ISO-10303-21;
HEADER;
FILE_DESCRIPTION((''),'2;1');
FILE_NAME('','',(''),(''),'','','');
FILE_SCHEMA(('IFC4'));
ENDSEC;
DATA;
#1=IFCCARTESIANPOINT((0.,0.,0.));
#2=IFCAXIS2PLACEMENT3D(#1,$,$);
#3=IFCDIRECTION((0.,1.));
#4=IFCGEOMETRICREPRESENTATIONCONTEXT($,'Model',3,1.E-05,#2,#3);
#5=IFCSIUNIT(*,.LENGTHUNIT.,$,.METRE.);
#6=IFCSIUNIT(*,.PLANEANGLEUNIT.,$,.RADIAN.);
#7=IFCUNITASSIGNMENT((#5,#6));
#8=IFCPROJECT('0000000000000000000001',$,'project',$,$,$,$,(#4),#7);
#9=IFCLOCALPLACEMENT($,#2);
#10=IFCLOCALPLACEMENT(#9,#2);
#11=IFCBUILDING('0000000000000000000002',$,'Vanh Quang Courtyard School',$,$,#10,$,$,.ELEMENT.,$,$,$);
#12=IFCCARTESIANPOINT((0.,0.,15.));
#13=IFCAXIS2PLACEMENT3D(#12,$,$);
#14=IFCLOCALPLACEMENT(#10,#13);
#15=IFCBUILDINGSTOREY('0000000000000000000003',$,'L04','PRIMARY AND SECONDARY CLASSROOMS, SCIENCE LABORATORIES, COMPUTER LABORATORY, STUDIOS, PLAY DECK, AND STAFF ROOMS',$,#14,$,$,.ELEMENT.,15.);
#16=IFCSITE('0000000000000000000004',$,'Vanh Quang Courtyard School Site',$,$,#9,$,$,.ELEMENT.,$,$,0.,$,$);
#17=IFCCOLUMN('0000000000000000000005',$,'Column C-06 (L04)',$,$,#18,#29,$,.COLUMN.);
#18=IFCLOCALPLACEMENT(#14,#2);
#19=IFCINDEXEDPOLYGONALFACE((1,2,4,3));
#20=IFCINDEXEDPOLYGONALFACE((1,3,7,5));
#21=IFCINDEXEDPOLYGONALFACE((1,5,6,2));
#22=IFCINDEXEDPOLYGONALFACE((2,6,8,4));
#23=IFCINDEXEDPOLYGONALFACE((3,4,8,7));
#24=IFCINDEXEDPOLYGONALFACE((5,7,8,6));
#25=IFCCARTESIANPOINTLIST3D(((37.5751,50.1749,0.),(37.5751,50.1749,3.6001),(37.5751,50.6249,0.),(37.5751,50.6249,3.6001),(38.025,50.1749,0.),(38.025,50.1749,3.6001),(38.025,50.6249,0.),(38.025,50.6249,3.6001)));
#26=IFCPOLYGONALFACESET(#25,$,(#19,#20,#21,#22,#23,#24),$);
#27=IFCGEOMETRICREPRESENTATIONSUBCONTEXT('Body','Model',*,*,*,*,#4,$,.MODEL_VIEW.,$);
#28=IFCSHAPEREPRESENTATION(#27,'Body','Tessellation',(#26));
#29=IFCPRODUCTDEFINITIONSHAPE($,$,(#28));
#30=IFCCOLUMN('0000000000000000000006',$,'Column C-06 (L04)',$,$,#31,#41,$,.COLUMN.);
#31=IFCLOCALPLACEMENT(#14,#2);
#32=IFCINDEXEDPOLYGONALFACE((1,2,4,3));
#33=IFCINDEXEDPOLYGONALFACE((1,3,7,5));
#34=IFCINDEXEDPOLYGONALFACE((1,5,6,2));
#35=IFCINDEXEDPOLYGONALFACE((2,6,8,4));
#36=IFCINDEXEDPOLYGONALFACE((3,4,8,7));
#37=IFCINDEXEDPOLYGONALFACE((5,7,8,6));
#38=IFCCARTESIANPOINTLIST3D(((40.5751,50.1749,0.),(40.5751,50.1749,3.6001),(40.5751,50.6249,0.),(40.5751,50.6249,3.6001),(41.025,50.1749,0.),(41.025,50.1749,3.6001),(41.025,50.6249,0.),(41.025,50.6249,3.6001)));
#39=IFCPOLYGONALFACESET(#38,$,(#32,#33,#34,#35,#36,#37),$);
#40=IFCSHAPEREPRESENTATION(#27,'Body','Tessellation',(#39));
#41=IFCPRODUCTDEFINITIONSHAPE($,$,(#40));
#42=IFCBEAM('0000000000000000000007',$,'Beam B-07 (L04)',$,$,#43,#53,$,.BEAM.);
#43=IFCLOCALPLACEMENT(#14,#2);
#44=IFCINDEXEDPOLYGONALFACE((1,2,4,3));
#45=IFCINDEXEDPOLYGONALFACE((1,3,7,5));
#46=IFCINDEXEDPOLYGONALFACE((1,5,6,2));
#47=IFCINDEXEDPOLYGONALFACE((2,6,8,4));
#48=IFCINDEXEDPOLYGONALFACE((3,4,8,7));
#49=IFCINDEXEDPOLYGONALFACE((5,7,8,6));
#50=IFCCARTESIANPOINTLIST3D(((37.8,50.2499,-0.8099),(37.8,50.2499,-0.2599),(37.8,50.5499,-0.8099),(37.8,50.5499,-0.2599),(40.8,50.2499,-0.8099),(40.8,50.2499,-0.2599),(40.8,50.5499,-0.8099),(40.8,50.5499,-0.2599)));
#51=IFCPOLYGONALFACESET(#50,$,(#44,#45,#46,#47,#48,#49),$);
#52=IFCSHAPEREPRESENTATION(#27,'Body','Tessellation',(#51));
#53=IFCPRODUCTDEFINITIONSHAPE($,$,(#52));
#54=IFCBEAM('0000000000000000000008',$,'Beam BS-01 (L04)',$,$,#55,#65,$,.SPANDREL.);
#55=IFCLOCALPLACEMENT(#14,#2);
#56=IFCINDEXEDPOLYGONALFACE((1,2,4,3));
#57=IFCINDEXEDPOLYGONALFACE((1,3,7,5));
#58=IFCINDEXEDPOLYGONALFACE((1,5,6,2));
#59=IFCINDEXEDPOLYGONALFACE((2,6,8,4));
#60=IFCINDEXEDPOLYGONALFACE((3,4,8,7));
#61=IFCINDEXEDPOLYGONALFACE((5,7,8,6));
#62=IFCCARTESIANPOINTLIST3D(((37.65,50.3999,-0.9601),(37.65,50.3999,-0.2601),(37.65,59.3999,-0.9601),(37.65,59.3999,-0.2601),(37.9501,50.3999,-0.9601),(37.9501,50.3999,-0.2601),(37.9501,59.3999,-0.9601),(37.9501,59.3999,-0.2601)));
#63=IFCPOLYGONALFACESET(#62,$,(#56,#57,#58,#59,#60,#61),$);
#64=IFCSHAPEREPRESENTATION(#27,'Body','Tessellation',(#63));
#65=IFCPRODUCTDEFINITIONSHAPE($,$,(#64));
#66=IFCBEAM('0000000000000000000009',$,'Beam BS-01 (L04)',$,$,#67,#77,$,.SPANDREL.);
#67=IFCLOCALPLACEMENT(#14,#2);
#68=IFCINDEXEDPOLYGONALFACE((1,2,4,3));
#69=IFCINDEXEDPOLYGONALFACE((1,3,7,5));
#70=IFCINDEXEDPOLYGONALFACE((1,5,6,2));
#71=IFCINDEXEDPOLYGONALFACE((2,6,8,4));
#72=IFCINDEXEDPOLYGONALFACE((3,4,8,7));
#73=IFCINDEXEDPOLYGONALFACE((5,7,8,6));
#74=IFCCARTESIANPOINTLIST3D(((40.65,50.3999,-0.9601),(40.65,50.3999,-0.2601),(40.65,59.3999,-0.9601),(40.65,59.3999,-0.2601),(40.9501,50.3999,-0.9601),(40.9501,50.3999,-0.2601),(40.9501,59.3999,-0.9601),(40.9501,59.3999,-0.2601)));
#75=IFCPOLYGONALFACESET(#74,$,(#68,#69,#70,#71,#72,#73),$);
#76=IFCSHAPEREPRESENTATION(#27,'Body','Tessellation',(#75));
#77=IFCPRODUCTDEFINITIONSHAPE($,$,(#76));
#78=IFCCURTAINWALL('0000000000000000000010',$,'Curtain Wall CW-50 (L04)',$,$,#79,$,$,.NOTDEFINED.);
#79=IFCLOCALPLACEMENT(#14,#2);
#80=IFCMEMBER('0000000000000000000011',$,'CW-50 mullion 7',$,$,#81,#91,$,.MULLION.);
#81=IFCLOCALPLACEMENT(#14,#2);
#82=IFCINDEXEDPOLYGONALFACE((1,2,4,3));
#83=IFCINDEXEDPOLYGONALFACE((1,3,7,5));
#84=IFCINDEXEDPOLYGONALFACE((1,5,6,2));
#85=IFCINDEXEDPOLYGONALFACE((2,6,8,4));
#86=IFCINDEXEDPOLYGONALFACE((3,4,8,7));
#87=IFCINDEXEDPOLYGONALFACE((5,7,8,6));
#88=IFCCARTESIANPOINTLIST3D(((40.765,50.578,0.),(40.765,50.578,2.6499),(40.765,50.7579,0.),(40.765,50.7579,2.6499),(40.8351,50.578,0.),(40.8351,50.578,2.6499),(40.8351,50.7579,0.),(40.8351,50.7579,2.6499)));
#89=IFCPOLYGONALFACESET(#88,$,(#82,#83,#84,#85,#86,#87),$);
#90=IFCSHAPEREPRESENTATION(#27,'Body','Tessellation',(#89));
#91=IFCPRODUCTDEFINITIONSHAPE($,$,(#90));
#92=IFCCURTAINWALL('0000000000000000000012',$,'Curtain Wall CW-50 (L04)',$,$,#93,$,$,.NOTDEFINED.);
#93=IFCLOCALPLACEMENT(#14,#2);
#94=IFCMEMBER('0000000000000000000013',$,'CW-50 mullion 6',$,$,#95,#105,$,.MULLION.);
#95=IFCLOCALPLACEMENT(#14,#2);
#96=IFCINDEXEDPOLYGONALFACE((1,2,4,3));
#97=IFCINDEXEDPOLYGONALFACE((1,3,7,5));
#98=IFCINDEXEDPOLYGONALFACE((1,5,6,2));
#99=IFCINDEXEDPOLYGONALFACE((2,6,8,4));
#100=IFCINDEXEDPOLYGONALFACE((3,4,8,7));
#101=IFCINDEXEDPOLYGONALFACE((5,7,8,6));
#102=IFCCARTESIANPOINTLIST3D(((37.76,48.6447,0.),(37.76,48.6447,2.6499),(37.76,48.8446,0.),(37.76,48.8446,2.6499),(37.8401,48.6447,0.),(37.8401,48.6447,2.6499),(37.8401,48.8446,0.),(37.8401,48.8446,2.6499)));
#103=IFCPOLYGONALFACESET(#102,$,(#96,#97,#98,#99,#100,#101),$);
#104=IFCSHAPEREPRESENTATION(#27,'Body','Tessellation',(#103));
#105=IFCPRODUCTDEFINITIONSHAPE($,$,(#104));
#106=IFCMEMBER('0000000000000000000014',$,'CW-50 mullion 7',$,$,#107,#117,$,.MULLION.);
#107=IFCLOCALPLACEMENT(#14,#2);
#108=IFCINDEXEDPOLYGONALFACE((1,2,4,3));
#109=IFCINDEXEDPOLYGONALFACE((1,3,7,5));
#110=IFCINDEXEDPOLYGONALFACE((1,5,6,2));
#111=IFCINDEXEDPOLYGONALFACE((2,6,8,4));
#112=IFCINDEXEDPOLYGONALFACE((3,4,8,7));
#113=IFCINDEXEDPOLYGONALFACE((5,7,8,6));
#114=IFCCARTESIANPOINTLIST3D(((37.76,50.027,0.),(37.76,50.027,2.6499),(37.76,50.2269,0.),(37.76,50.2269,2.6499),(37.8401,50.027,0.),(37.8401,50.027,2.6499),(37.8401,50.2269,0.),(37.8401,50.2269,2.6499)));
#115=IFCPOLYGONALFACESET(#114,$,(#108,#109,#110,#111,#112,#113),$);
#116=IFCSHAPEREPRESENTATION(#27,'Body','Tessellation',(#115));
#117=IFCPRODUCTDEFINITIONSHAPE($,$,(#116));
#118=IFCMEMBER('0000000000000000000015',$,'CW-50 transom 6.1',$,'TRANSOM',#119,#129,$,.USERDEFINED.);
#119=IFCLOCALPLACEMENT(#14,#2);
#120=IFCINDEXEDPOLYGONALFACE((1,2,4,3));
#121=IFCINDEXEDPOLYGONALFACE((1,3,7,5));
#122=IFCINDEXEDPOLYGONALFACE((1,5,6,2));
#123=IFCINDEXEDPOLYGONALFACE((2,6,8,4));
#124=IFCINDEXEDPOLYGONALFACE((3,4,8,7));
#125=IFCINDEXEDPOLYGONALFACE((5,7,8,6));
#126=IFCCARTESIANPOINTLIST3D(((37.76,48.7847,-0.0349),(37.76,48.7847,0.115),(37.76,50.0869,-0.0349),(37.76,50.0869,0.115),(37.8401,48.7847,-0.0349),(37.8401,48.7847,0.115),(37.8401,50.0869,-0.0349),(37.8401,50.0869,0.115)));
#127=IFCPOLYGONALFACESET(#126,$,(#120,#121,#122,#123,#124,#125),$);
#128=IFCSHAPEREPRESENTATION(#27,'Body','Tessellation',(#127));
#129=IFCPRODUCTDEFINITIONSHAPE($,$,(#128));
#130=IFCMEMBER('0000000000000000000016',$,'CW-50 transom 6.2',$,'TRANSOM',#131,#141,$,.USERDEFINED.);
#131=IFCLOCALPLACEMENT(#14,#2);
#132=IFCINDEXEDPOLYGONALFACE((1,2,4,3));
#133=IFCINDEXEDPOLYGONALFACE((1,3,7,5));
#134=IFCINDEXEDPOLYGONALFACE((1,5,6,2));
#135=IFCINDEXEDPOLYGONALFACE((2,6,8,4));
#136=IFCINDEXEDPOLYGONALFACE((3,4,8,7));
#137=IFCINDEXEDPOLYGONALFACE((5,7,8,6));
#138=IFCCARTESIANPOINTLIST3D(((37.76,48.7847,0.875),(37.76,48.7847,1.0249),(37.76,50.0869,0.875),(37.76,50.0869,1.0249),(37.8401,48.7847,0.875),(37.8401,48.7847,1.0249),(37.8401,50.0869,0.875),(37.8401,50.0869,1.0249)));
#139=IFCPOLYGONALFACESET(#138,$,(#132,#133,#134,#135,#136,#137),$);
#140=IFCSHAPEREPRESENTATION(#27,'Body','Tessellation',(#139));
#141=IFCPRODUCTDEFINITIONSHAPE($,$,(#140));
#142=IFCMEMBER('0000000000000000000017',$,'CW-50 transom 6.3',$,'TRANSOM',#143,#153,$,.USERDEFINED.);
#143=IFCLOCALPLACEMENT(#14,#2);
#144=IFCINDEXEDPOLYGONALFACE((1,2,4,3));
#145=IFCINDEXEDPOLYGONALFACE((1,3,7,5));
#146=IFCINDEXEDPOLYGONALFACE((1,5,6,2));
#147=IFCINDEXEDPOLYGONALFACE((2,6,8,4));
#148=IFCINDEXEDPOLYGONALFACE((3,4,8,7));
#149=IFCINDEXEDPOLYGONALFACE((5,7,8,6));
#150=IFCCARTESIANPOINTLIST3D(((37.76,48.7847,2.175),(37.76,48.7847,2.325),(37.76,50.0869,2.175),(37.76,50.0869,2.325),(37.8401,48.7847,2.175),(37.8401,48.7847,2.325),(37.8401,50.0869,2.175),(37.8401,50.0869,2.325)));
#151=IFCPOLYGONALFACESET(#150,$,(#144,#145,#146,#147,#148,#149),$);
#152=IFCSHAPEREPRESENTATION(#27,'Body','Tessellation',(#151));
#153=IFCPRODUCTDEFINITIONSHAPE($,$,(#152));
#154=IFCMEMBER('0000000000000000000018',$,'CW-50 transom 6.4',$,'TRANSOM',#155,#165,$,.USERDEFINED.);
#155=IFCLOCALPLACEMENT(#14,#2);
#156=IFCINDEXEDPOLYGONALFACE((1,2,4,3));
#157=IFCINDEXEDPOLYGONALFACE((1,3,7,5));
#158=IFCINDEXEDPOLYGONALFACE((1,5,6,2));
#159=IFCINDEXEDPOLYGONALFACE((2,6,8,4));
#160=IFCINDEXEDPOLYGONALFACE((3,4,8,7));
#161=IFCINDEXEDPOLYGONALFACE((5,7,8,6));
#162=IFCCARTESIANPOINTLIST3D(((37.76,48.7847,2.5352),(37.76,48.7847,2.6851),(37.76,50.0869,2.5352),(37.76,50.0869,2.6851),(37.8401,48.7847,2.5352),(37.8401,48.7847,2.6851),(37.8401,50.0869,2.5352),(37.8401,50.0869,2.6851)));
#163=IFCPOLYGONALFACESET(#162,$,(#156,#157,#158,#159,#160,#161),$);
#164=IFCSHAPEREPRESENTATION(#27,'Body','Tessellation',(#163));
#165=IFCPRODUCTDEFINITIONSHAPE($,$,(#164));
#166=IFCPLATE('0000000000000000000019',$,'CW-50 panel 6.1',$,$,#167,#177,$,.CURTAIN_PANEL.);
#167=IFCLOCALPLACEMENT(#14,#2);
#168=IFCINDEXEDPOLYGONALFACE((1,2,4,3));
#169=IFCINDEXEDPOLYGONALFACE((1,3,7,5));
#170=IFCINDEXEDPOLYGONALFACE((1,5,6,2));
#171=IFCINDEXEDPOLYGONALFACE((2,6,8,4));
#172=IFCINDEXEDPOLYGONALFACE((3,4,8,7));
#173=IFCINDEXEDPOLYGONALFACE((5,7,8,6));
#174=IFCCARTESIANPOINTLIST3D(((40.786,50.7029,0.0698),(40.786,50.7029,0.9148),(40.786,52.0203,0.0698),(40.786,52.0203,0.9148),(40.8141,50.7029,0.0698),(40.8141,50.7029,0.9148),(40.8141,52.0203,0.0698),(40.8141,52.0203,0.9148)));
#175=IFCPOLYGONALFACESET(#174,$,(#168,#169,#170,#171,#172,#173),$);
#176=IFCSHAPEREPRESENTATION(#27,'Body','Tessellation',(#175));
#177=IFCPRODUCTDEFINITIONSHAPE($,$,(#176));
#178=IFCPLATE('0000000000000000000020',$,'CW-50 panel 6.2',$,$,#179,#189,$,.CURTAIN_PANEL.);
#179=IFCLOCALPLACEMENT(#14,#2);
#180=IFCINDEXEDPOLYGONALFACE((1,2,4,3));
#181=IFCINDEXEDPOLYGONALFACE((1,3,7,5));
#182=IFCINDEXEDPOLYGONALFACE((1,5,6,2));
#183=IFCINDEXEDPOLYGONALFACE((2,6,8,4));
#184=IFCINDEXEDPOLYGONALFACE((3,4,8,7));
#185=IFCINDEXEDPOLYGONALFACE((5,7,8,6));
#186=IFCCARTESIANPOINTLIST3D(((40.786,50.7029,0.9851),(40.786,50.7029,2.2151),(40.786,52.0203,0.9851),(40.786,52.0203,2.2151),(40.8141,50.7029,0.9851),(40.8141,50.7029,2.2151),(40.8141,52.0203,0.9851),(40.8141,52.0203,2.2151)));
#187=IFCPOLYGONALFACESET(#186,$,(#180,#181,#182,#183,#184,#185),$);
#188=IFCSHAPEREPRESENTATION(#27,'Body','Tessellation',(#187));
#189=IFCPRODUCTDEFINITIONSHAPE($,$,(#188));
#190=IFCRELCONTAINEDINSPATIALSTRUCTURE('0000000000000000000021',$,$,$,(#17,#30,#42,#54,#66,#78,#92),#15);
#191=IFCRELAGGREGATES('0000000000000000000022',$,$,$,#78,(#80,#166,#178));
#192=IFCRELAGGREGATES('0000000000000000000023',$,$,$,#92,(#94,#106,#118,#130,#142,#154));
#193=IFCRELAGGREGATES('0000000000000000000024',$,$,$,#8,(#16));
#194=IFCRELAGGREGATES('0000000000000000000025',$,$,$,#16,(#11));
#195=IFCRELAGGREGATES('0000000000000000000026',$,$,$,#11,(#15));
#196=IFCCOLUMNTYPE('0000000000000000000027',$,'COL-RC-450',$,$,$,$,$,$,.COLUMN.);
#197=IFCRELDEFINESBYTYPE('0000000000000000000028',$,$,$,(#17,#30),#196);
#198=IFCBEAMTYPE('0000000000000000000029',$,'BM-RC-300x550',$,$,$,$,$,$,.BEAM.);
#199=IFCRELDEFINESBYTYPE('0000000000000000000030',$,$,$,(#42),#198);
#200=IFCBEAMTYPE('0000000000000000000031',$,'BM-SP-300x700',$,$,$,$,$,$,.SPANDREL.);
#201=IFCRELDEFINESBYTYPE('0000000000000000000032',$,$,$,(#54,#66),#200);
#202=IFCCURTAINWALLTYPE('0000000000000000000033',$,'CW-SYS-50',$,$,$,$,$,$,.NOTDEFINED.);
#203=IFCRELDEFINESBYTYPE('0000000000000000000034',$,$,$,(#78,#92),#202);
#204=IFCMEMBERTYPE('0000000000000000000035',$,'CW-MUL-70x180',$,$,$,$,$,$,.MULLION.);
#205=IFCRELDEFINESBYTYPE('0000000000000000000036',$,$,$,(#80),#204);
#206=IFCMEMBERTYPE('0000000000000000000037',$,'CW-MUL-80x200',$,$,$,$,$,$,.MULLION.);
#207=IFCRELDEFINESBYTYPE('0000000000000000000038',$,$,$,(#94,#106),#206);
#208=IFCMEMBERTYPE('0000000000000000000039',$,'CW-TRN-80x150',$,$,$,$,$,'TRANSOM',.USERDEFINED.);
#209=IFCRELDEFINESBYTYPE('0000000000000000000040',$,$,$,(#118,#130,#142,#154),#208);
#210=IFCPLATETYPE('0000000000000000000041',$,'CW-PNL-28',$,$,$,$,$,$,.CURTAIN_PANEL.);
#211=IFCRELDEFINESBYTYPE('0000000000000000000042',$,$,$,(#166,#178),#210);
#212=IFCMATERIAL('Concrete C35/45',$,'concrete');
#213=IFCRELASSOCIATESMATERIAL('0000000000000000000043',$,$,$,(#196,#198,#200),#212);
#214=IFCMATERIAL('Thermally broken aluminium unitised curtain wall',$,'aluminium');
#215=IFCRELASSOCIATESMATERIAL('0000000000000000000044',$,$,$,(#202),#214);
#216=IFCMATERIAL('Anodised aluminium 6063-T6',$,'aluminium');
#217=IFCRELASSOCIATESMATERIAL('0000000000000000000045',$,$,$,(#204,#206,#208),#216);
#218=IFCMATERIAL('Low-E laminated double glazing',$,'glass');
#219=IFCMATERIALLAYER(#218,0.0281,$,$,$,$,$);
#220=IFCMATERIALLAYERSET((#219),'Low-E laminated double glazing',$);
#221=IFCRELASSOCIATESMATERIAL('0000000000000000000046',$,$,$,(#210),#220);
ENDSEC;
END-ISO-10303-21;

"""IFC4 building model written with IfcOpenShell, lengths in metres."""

from ifc_helpers import new_model, si_unit, direction, frame, origin, origin_2d, place, context, subcontext, project, spatial, rectangle, extrude, material, layer, layer_set, material_profile, profile_set, type_object, element, aggregate, save


model = new_model("IFC4")

# Units and contexts
model_context = context("Model", 3, precision=1e-05, world=origin(), true_north=direction((0.0, 1.0)))
body_context = subcontext(model_context, "Body", "Model", "MODEL_VIEW")
ifc_project = project(units=[si_unit("LENGTHUNIT", "METRE"), si_unit("PLANEANGLEUNIT", "RADIAN")], contexts=[model_context])

# Site, building, storey
site_placement = place(None, origin())
site = spatial("IfcSite", under=ifc_project, at=site_placement, Name="Vanh Quang Courtyard School Site", CompositionType="ELEMENT", RefElevation=0.0)
building_placement = place(site_placement, origin())
building = spatial("IfcBuilding", under=site, at=building_placement, Name="Vanh Quang Courtyard School", CompositionType="ELEMENT")
storey_placement = place(building_placement, frame((0.0, 0.0, 15.0)))
storey = spatial("IfcBuildingStorey", under=building, at=storey_placement, Name="L04", Description="PRIMARY AND SECONDARY CLASSROOMS, SCIENCE LABORATORIES, COMPUTER LABORATORY, STUDIOS, PLAY DECK, AND STAFF ROOMS", CompositionType="ELEMENT", Elevation=15.0)

# Columns
ifc_material_1 = material(Name="Concrete C35/45", Category="concrete")
ifc_material_profile_1 = material_profile(ifc_material_1, rectangle(XDim=0.45, YDim=0.45, at=origin_2d()), Name="RC-COL 450x450")
ifc_profile_set_1 = profile_set([ifc_material_profile_1], Name="Concrete C35/45")
column_type = type_object("IfcColumnType", Name="COL-RC-450", PredefinedType="COLUMN", material=ifc_profile_set_1)
for number, where, z_axis, x_axis, name in (
    (1, (37.8, 50.3999, 0.0), (0.0, 0.0, 1.0), (1.0, 0.0, 0.0), "Column C-06 (L04)"),
    (2, (40.8, 50.3999, 0.0), (0.0, 0.0, 1.0), (1.0, 0.0, 0.0), "Column C-06 (L04)"),
):
    element("IfcColumn", number, at=place(storey_placement, frame(where, z_axis=z_axis, x_axis=x_axis)), inside=storey, type_object=column_type, Name=name, PredefinedType="COLUMN", context=body_context, shape_type="SweptSolid", body=[
        extrude(rectangle(XDim=0.45, YDim=0.45, at=origin_2d()), origin(), (0.0, 0.0, 1.0), 3.6001),
    ])

# Beams
ifc_material_profile_2 = material_profile(ifc_material_1, rectangle(XDim=0.3, YDim=0.55, at=origin_2d()), Name="RC-BM 300x550")
ifc_profile_set_2 = profile_set([ifc_material_profile_2], Name="Concrete C35/45")
beam_type_1 = type_object("IfcBeamType", Name="BM-RC-300x550", PredefinedType="BEAM", material=ifc_profile_set_2)
beam_placement = place(storey_placement, frame((37.8, 50.3999, -0.5349), z_axis=(1.0, 0.0, 0.0), x_axis=(0.0, 1.0, 0.0)))
element("IfcBeam", 3, at=beam_placement, inside=storey, type_object=beam_type_1, Name="Beam B-07 (L04)", PredefinedType="BEAM", context=body_context, shape_type="SweptSolid", body=[
    extrude(rectangle(XDim=0.3, YDim=0.55, at=origin_2d()), origin(), (0.0, 0.0, 1.0), 3.0),
])
ifc_material_profile_3 = material_profile(ifc_material_1, rectangle(XDim=0.3, YDim=0.7, at=origin_2d()), Name="RC-SP 300x700")
ifc_profile_set_3 = profile_set([ifc_material_profile_3], Name="Concrete C35/45")
beam_type_2 = type_object("IfcBeamType", Name="BM-SP-300x700", PredefinedType="SPANDREL", material=ifc_profile_set_3)
for number, where, z_axis, x_axis, name in (
    (4, (37.8, 50.3999, -0.6101), (0.0, 1.0, 0.0), (-1.0, 0.0, 0.0), "Beam BS-01 (L04)"),
    (5, (40.8, 50.3999, -0.6101), (0.0, 1.0, 0.0), (-1.0, 0.0, 0.0), "Beam BS-01 (L04)"),
):
    element("IfcBeam", number, at=place(storey_placement, frame(where, z_axis=z_axis, x_axis=x_axis)), inside=storey, type_object=beam_type_2, Name=name, PredefinedType="SPANDREL", context=body_context, shape_type="SweptSolid", body=[
        extrude(rectangle(XDim=0.3, YDim=0.7, at=origin_2d()), origin(), (0.0, 0.0, 1.0), 9.0),
    ])

# Curtain wall, member
ifc_material_2 = material(Name="Thermally broken aluminium unitised curtain wall", Category="aluminium")
curtain_wall_type = type_object("IfcCurtainWallType", Name="CW-SYS-50", PredefinedType="NOTDEFINED", material=ifc_material_2)
curtain_wall_1_placement = place(storey_placement, origin())
curtain_wall_1 = element("IfcCurtainWall", 6, at=curtain_wall_1_placement, inside=storey, type_object=curtain_wall_type, Name="Curtain Wall CW-50 (L04)", PredefinedType="NOTDEFINED")
ifc_material_3 = material(Name="Anodised aluminium 6063-T6", Category="aluminium")
ifc_material_profile_4 = material_profile(ifc_material_3, rectangle(XDim=0.0701, YDim=0.1799, at=origin_2d()), Name="ALU-MUL 70x180")
ifc_profile_set_4 = profile_set([ifc_material_profile_4], Name="Anodised aluminium 6063-T6")
member_type_1 = type_object("IfcMemberType", Name="CW-MUL-70x180", PredefinedType="MULLION", material=ifc_profile_set_4)
member_1_placement = place(storey_placement, frame((40.8, 50.668, 0.0), z_axis=(0.0, 0.0, 1.0), x_axis=(1.0, 0.0, 0.0)))
member_1 = element("IfcMember", 7, at=member_1_placement, type_object=member_type_1, Name="CW-50 mullion 7", PredefinedType="MULLION", context=body_context, shape_type="SweptSolid", body=[
    extrude(rectangle(XDim=0.0701, YDim=0.1799, at=origin_2d()), origin(), (0.0, 0.0, 1.0), 2.6499),
])

# Curtain wall, members
curtain_wall_2_placement = place(storey_placement, origin())
curtain_wall_2 = element("IfcCurtainWall", 8, at=curtain_wall_2_placement, inside=storey, type_object=curtain_wall_type, Name="Curtain Wall CW-50 (L04)", PredefinedType="NOTDEFINED")
ifc_material_profile_5 = material_profile(ifc_material_3, rectangle(XDim=0.0801, YDim=0.2, at=origin_2d()), Name="ALU-MUL 80x200")
ifc_profile_set_5 = profile_set([ifc_material_profile_5], Name="Anodised aluminium 6063-T6")
member_type_2 = type_object("IfcMemberType", Name="CW-MUL-80x200", PredefinedType="MULLION", material=ifc_profile_set_5)
member_2_placement = place(storey_placement, frame((37.8, 48.7446, 0.0), z_axis=(0.0, 0.0, 1.0), x_axis=(-1.0, 0.0, 0.0)))
member_2 = element("IfcMember", 9, at=member_2_placement, type_object=member_type_2, Name="CW-50 mullion 6", PredefinedType="MULLION", context=body_context, shape_type="SweptSolid", body=[
    extrude(rectangle(XDim=0.0801, YDim=0.2, at=origin_2d()), origin(), (0.0, 0.0, 1.0), 2.6499),
])
member_3_placement = place(storey_placement, frame((37.8, 50.127, 0.0), z_axis=(0.0, 0.0, 1.0), x_axis=(-1.0, 0.0, 0.0)))
member_3 = element("IfcMember", 10, at=member_3_placement, type_object=member_type_2, Name="CW-50 mullion 7", PredefinedType="MULLION", context=body_context, shape_type="SweptSolid", body=[
    extrude(rectangle(XDim=0.0801, YDim=0.2, at=origin_2d()), origin(), (0.0, 0.0, 1.0), 2.6499),
])
ifc_material_profile_6 = material_profile(ifc_material_3, rectangle(XDim=0.0801, YDim=0.1499, at=origin_2d()), Name="ALU-TRN 80x150")
ifc_profile_set_6 = profile_set([ifc_material_profile_6], Name="Anodised aluminium 6063-T6")
member_type_3 = type_object("IfcMemberType", Name="CW-TRN-80x150", ElementType="TRANSOM", PredefinedType="USERDEFINED", material=ifc_profile_set_6)
member_4_placement = place(storey_placement, frame((37.8, 48.7847, 0.04), z_axis=(0.0, 1.0, 0.0), x_axis=(-1.0, 0.0, 0.0)))
member_4 = element("IfcMember", 11, at=member_4_placement, type_object=member_type_3, Name="CW-50 transom 6.1", ObjectType="TRANSOM", PredefinedType="USERDEFINED", context=body_context, shape_type="SweptSolid", body=[
    extrude(rectangle(XDim=0.0801, YDim=0.1499, at=origin_2d()), origin(), (0.0, 0.0, 1.0), 1.3022),
])
member_5_placement = place(storey_placement, frame((37.8, 48.7847, 0.95), z_axis=(0.0, 1.0, 0.0), x_axis=(-1.0, 0.0, 0.0)))
member_5 = element("IfcMember", 12, at=member_5_placement, type_object=member_type_3, Name="CW-50 transom 6.2", ObjectType="TRANSOM", PredefinedType="USERDEFINED", context=body_context, shape_type="SweptSolid", body=[
    extrude(rectangle(XDim=0.0801, YDim=0.1499, at=origin_2d()), origin(), (0.0, 0.0, 1.0), 1.3022),
])
member_6_placement = place(storey_placement, frame((37.8, 48.7847, 2.25), z_axis=(0.0, 1.0, 0.0), x_axis=(-1.0, 0.0, 0.0)))
member_6 = element("IfcMember", 13, at=member_6_placement, type_object=member_type_3, Name="CW-50 transom 6.3", ObjectType="TRANSOM", PredefinedType="USERDEFINED", context=body_context, shape_type="SweptSolid", body=[
    extrude(rectangle(XDim=0.0801, YDim=0.1499, at=origin_2d()), origin(), (0.0, 0.0, 1.0), 1.3022),
])
member_7_placement = place(storey_placement, frame((37.8, 48.7847, 2.6101), z_axis=(0.0, 1.0, 0.0), x_axis=(-1.0, 0.0, 0.0)))
member_7 = element("IfcMember", 14, at=member_7_placement, type_object=member_type_3, Name="CW-50 transom 6.4", ObjectType="TRANSOM", PredefinedType="USERDEFINED", context=body_context, shape_type="SweptSolid", body=[
    extrude(rectangle(XDim=0.0801, YDim=0.1499, at=origin_2d()), origin(), (0.0, 0.0, 1.0), 1.3022),
])

# Plates
ifc_material_4 = material(Name="Low-E laminated double glazing", Category="glass")
ifc_layer_1 = layer(ifc_material_4, 0.0281)
ifc_layer_set_1 = layer_set([ifc_layer_1], Name="Low-E laminated double glazing")
plate_type_1 = type_object("IfcPlateType", Name="CW-PNL-28", PredefinedType="CURTAIN_PANEL", material=ifc_layer_set_1)
plate_1_placement = place(storey_placement, frame((40.8, 51.3616, 0.0698), z_axis=(0.0, 0.0, 1.0), x_axis=(0.0, -1.0, 0.0)))
plate_1 = element("IfcPlate", 15, at=plate_1_placement, type_object=plate_type_1, Name="CW-50 panel 6.1", PredefinedType="CURTAIN_PANEL", context=body_context, shape_type="SweptSolid", body=[
    extrude(rectangle(XDim=1.3174, YDim=0.0281, at=origin_2d()), origin(), (0.0, 0.0, 1.0), 0.845),
])
plate_2_placement = place(storey_placement, frame((40.8, 51.3616, 0.9851), z_axis=(0.0, 0.0, 1.0), x_axis=(0.0, -1.0, 0.0)))
plate_2 = element("IfcPlate", 16, at=plate_2_placement, type_object=plate_type_1, Name="CW-50 panel 6.2", PredefinedType="CURTAIN_PANEL", context=body_context, shape_type="SweptSolid", body=[
    extrude(rectangle(XDim=1.3174, YDim=0.0281, at=origin_2d()), origin(), (0.0, 0.0, 1.0), 1.23),
])
aggregate(curtain_wall_1, [member_1, plate_1, plate_2])
aggregate(curtain_wall_2, [member_2, member_3, member_4, member_5, member_6, member_7])

save(model, "model.ifc")
